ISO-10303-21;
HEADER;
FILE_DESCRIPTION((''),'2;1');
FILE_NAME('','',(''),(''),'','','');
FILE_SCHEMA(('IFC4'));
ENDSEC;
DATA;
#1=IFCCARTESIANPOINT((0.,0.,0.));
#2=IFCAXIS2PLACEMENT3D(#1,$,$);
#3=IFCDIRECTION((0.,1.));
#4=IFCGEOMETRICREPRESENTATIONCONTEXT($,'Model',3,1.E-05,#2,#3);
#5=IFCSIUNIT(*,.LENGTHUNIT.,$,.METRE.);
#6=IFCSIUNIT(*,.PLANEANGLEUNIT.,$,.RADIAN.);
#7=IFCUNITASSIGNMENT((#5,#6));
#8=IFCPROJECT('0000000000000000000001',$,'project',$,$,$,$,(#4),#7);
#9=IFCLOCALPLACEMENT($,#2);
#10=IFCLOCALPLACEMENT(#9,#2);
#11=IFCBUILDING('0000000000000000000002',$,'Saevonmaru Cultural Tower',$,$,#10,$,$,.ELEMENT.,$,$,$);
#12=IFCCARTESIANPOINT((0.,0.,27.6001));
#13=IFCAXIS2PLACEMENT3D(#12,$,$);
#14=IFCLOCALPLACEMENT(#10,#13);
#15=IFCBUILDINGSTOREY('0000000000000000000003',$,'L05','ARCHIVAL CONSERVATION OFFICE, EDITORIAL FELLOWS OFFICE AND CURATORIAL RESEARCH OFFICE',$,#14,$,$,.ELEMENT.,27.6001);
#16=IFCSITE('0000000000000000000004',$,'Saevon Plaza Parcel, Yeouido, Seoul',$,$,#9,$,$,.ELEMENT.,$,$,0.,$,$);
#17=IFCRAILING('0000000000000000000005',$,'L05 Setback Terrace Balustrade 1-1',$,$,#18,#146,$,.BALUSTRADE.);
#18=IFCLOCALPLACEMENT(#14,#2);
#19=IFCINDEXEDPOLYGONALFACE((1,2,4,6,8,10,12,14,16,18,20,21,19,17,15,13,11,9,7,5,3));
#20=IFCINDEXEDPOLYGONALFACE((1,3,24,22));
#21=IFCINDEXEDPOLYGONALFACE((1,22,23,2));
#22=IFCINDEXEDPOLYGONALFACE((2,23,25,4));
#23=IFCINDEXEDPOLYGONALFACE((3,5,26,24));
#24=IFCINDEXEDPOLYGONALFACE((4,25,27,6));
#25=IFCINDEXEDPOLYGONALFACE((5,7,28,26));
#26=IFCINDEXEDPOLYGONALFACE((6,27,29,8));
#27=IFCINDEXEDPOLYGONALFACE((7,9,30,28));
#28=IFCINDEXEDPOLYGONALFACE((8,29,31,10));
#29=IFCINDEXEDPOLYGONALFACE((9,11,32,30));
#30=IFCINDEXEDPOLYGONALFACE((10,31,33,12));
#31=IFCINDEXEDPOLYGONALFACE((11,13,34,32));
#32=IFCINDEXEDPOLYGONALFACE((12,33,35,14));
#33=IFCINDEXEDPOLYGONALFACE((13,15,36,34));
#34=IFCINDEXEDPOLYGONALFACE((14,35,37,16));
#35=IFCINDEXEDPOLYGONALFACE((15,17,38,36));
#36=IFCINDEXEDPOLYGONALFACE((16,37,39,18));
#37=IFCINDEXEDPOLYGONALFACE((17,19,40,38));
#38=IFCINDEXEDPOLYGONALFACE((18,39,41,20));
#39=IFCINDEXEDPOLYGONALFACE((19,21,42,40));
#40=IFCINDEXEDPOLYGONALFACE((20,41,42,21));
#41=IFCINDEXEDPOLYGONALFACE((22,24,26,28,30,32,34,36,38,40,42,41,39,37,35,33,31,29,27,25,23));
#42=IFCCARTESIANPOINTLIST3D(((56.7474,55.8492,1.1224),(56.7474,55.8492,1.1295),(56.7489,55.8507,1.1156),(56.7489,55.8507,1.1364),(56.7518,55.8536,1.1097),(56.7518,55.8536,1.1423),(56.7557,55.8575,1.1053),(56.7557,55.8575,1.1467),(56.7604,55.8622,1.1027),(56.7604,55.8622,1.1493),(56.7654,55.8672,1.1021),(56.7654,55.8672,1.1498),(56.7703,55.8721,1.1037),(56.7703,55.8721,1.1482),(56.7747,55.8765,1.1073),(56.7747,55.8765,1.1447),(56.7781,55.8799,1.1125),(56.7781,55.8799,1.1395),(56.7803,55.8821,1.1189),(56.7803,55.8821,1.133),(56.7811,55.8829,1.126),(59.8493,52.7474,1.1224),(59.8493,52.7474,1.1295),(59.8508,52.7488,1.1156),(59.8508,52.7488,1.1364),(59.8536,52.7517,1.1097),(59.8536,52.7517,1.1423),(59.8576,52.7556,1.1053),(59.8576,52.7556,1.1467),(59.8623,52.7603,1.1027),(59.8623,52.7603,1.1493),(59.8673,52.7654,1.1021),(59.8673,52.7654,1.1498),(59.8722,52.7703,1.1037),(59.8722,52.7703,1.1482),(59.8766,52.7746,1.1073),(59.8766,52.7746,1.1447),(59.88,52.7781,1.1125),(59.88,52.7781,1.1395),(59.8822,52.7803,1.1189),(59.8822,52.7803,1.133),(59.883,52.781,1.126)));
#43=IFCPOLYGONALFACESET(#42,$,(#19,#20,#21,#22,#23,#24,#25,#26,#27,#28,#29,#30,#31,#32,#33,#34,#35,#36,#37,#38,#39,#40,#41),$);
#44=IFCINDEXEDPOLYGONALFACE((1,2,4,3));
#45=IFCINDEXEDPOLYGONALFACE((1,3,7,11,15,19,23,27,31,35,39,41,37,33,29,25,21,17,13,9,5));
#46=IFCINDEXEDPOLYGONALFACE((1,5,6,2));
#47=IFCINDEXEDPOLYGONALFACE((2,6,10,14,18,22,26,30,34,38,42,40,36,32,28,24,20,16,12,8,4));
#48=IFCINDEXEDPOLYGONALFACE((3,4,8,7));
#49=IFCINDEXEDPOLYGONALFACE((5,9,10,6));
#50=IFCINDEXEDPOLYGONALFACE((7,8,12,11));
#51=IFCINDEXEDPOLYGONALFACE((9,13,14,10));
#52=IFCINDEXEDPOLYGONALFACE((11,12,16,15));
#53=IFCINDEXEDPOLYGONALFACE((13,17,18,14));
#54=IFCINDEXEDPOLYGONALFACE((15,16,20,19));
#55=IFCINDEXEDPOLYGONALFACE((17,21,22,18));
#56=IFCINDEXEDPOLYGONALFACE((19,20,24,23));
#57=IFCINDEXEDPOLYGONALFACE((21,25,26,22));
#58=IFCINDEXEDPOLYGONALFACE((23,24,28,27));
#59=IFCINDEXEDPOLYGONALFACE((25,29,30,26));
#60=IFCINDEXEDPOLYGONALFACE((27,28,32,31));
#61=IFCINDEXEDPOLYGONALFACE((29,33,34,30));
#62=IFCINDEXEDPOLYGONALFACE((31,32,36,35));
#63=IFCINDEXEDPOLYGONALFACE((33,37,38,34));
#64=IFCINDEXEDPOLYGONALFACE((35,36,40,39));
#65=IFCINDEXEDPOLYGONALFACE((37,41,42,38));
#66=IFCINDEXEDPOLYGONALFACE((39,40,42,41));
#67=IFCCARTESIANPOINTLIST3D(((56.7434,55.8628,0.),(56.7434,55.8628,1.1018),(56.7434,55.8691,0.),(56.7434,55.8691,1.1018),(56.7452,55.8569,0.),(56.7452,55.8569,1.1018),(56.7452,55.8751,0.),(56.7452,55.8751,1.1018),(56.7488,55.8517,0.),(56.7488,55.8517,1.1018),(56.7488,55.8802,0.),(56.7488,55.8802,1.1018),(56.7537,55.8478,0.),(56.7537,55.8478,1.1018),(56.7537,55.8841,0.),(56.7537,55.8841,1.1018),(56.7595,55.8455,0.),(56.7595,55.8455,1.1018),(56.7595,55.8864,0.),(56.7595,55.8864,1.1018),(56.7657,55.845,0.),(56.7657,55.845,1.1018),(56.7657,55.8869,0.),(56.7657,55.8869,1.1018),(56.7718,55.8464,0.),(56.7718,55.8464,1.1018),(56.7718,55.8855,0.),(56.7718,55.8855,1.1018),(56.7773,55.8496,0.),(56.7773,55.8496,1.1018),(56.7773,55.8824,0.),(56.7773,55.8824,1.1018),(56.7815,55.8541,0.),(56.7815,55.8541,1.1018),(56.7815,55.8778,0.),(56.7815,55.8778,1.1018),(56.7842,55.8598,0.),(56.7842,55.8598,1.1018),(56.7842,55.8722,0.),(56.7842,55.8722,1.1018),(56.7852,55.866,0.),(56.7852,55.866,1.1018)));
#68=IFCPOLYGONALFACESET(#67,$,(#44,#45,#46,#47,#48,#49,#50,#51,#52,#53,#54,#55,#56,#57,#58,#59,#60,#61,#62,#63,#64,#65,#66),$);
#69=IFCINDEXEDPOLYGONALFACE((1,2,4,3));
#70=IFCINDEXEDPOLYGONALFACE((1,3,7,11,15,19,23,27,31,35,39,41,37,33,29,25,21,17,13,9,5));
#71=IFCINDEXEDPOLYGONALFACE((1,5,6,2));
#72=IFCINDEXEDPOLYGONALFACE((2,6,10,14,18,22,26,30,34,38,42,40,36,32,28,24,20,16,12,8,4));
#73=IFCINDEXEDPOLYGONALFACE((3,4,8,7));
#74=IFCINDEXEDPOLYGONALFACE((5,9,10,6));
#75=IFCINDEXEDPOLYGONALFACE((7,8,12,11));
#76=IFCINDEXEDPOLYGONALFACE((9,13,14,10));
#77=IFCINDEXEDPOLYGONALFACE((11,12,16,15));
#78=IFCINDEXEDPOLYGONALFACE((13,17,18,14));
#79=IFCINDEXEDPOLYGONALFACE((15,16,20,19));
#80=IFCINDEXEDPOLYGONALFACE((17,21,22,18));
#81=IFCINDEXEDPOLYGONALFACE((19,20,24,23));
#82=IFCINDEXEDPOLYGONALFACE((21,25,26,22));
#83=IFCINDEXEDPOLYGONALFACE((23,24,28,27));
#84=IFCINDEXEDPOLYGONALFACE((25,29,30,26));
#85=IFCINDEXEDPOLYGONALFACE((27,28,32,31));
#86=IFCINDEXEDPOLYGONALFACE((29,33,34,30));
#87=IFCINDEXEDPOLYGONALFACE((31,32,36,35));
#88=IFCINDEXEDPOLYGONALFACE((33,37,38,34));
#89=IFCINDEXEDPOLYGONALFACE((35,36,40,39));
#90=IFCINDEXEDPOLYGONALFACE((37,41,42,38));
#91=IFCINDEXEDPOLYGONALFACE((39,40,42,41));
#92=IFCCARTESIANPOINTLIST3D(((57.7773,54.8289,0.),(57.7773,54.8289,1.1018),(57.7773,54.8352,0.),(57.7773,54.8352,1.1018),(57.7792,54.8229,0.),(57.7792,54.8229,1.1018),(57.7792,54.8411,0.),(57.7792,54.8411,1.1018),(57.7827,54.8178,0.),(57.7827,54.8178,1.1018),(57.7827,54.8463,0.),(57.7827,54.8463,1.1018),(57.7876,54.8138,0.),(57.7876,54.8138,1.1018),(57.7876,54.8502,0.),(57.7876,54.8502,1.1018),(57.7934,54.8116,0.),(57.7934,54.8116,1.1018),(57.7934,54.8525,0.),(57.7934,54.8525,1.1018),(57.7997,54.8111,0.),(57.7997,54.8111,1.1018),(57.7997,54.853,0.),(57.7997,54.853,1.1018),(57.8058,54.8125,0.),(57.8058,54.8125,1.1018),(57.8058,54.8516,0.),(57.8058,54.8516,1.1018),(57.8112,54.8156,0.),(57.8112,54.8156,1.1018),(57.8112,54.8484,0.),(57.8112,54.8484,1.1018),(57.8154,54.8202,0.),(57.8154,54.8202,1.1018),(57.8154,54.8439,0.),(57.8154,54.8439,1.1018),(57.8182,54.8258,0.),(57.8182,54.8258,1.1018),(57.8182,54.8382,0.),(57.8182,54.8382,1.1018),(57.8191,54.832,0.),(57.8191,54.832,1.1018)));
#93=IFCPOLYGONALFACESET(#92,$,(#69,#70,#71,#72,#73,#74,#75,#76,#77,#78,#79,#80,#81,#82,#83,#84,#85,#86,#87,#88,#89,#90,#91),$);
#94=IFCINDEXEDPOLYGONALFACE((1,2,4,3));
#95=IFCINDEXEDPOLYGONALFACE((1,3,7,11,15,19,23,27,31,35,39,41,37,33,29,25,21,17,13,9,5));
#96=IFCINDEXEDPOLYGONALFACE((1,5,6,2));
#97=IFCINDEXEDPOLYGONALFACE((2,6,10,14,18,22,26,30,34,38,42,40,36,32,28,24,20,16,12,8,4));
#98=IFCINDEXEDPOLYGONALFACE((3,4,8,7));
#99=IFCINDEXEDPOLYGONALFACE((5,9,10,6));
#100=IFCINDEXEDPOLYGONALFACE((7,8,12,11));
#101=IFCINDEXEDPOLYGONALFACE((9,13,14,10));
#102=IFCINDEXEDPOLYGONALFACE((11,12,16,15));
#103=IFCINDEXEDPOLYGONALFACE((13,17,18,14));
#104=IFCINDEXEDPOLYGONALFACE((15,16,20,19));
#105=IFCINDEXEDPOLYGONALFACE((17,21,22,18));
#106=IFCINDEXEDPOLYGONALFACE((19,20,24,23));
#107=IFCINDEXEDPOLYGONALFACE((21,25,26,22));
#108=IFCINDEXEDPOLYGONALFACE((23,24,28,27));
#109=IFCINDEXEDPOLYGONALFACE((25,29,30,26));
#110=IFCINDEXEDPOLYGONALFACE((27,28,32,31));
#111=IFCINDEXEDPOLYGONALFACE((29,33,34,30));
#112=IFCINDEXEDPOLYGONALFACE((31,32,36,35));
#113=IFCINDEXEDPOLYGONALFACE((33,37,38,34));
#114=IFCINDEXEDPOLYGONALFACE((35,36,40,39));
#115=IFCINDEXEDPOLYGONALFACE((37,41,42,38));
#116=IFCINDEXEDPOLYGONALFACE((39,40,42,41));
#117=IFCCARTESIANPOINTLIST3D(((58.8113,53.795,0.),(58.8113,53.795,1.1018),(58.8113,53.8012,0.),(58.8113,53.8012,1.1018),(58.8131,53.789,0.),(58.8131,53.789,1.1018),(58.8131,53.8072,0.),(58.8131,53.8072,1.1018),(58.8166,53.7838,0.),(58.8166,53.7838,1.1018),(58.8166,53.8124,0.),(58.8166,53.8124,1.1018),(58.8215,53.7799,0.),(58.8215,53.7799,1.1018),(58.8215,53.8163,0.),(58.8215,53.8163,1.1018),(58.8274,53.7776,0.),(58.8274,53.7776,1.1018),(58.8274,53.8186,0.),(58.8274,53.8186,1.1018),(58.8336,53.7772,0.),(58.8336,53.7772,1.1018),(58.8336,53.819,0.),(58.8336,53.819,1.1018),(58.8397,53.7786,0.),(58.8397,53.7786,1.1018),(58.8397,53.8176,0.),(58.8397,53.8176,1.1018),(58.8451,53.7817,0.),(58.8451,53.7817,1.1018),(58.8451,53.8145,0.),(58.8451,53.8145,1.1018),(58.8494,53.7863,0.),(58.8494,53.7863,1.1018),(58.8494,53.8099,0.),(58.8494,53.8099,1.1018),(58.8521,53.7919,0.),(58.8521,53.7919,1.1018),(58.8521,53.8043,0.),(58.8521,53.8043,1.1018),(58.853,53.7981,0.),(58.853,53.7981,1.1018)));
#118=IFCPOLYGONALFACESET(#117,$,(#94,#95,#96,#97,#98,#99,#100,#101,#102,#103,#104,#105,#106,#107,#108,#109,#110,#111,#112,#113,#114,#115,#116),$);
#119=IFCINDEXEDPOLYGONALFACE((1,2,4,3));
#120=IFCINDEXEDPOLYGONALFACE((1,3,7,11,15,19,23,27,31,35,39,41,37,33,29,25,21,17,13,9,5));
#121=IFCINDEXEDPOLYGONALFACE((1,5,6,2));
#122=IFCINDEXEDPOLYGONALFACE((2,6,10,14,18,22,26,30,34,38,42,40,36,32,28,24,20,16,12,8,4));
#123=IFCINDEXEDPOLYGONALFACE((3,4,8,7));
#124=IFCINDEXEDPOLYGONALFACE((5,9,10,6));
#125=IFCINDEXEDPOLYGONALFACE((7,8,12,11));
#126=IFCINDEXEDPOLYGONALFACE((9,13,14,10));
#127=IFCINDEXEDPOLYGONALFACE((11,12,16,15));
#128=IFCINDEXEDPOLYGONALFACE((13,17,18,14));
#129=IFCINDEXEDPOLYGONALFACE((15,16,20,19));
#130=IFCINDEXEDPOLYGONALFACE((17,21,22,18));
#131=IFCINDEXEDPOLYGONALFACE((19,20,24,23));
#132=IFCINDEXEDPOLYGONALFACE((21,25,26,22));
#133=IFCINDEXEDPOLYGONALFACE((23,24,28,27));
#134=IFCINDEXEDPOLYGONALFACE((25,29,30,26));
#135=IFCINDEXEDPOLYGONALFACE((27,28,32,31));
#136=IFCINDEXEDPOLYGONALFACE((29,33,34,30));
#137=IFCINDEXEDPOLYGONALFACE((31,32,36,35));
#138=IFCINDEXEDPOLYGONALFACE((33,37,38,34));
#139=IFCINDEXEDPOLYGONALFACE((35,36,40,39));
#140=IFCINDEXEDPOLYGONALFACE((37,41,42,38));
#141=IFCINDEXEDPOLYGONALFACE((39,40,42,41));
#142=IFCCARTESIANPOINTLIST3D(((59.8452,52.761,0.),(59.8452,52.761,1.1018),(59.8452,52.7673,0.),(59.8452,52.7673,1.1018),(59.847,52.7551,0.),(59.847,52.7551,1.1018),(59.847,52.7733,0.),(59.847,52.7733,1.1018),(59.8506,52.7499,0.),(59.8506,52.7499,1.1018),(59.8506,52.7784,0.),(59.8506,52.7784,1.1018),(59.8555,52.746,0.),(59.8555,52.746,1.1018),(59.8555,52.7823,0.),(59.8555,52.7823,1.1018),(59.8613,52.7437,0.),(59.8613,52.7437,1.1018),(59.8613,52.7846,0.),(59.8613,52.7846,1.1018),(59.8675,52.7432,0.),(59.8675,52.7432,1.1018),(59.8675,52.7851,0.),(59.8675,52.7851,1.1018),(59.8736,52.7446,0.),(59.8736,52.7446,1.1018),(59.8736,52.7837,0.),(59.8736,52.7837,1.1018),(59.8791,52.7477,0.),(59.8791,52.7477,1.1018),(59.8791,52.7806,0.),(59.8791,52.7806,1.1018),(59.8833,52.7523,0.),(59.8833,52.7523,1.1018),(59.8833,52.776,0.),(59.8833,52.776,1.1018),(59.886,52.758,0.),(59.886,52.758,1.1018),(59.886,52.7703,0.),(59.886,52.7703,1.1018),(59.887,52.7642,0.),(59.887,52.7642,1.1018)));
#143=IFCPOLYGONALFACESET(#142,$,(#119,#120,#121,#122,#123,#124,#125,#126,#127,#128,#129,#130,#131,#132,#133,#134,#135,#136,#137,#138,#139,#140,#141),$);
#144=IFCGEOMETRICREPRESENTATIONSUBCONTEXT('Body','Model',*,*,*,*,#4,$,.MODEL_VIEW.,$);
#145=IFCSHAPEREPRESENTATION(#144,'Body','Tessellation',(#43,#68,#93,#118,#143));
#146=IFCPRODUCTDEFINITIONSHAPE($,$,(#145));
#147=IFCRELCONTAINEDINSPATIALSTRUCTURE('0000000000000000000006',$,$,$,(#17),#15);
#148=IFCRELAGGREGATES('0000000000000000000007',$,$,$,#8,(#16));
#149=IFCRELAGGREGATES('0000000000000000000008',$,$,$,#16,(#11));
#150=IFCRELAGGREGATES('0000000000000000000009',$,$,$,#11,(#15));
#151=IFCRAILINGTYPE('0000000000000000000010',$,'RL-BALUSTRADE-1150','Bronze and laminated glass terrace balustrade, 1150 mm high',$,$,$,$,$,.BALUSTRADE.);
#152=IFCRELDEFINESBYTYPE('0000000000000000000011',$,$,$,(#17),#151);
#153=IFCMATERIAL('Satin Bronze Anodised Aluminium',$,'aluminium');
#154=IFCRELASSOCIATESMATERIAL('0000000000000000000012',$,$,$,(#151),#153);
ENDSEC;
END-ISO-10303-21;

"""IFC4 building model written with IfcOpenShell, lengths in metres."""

from ifc_helpers import new_model, si_unit, direction, frame, origin, origin_2d, place, context, subcontext, project, spatial, circle, extrude, material, type_object, element, save


model = new_model("IFC4")

# Units and contexts
model_context = context("Model", 3, precision=1e-05, world=origin(), true_north=direction((0.0, 1.0)))
body_context = subcontext(model_context, "Body", "Model", "MODEL_VIEW")
ifc_project = project(units=[si_unit("LENGTHUNIT", "METRE"), si_unit("PLANEANGLEUNIT", "RADIAN")], contexts=[model_context])

# Site, building, storey
site_placement = place(None, origin())
site = spatial("IfcSite", under=ifc_project, at=site_placement, Name="Saevon Plaza Parcel, Yeouido, Seoul", CompositionType="ELEMENT", RefElevation=0.0)
building_placement = place(site_placement, origin())
building = spatial("IfcBuilding", under=site, at=building_placement, Name="Saevonmaru Cultural Tower", CompositionType="ELEMENT")
storey_placement = place(building_placement, frame((0.0, 0.0, 27.6001)))
storey = spatial("IfcBuildingStorey", under=building, at=storey_placement, Name="L05", Description="ARCHIVAL CONSERVATION OFFICE, EDITORIAL FELLOWS OFFICE AND CURATORIAL RESEARCH OFFICE", CompositionType="ELEMENT", Elevation=27.6001)

# Shared definitions
ifc_material_1 = material(Name="Satin Bronze Anodised Aluminium", Category="aluminium")

# Railing
railing_type = type_object("IfcRailingType", Name="RL-BALUSTRADE-1150", Description="Bronze and laminated glass terrace balustrade, 1150 mm high", PredefinedType="BALUSTRADE", material=ifc_material_1)
railing_1_placement = place(storey_placement, frame((56.7642, 55.866, 0.0)))
element("IfcRailing", 1, at=railing_1_placement, inside=storey, type_object=railing_type, Name="L05 Setback Terrace Balustrade 1-1", PredefinedType="BALUSTRADE", context=body_context, shape_type="SweptSolid", body=[
    extrude(circle(Radius=0.0239, at=origin_2d()), frame((0.0, 0.0, 1.126), z_axis=(0.707107, -0.707107, 0.0), x_axis=(0.707107, 0.707107, 0.0)), (0.0, 0.0, 1.0), 4.3867),
    extrude(circle(Radius=0.021, at=origin_2d()), origin(), (0.0, 0.0, 1.0), 1.1018),
    extrude(circle(Radius=0.021, at=origin_2d()), frame((1.0339, -1.0339, 0.0)), (0.0, 0.0, 1.0), 1.1018),
    extrude(circle(Radius=0.021, at=origin_2d()), frame((2.0679, -2.0679, 0.0)), (0.0, 0.0, 1.0), 1.1018),
    extrude(circle(Radius=0.021, at=origin_2d()), frame((3.1018, -3.1018, 0.0)), (0.0, 0.0, 1.0), 1.1018),
])

save(model, "model.ifc")
